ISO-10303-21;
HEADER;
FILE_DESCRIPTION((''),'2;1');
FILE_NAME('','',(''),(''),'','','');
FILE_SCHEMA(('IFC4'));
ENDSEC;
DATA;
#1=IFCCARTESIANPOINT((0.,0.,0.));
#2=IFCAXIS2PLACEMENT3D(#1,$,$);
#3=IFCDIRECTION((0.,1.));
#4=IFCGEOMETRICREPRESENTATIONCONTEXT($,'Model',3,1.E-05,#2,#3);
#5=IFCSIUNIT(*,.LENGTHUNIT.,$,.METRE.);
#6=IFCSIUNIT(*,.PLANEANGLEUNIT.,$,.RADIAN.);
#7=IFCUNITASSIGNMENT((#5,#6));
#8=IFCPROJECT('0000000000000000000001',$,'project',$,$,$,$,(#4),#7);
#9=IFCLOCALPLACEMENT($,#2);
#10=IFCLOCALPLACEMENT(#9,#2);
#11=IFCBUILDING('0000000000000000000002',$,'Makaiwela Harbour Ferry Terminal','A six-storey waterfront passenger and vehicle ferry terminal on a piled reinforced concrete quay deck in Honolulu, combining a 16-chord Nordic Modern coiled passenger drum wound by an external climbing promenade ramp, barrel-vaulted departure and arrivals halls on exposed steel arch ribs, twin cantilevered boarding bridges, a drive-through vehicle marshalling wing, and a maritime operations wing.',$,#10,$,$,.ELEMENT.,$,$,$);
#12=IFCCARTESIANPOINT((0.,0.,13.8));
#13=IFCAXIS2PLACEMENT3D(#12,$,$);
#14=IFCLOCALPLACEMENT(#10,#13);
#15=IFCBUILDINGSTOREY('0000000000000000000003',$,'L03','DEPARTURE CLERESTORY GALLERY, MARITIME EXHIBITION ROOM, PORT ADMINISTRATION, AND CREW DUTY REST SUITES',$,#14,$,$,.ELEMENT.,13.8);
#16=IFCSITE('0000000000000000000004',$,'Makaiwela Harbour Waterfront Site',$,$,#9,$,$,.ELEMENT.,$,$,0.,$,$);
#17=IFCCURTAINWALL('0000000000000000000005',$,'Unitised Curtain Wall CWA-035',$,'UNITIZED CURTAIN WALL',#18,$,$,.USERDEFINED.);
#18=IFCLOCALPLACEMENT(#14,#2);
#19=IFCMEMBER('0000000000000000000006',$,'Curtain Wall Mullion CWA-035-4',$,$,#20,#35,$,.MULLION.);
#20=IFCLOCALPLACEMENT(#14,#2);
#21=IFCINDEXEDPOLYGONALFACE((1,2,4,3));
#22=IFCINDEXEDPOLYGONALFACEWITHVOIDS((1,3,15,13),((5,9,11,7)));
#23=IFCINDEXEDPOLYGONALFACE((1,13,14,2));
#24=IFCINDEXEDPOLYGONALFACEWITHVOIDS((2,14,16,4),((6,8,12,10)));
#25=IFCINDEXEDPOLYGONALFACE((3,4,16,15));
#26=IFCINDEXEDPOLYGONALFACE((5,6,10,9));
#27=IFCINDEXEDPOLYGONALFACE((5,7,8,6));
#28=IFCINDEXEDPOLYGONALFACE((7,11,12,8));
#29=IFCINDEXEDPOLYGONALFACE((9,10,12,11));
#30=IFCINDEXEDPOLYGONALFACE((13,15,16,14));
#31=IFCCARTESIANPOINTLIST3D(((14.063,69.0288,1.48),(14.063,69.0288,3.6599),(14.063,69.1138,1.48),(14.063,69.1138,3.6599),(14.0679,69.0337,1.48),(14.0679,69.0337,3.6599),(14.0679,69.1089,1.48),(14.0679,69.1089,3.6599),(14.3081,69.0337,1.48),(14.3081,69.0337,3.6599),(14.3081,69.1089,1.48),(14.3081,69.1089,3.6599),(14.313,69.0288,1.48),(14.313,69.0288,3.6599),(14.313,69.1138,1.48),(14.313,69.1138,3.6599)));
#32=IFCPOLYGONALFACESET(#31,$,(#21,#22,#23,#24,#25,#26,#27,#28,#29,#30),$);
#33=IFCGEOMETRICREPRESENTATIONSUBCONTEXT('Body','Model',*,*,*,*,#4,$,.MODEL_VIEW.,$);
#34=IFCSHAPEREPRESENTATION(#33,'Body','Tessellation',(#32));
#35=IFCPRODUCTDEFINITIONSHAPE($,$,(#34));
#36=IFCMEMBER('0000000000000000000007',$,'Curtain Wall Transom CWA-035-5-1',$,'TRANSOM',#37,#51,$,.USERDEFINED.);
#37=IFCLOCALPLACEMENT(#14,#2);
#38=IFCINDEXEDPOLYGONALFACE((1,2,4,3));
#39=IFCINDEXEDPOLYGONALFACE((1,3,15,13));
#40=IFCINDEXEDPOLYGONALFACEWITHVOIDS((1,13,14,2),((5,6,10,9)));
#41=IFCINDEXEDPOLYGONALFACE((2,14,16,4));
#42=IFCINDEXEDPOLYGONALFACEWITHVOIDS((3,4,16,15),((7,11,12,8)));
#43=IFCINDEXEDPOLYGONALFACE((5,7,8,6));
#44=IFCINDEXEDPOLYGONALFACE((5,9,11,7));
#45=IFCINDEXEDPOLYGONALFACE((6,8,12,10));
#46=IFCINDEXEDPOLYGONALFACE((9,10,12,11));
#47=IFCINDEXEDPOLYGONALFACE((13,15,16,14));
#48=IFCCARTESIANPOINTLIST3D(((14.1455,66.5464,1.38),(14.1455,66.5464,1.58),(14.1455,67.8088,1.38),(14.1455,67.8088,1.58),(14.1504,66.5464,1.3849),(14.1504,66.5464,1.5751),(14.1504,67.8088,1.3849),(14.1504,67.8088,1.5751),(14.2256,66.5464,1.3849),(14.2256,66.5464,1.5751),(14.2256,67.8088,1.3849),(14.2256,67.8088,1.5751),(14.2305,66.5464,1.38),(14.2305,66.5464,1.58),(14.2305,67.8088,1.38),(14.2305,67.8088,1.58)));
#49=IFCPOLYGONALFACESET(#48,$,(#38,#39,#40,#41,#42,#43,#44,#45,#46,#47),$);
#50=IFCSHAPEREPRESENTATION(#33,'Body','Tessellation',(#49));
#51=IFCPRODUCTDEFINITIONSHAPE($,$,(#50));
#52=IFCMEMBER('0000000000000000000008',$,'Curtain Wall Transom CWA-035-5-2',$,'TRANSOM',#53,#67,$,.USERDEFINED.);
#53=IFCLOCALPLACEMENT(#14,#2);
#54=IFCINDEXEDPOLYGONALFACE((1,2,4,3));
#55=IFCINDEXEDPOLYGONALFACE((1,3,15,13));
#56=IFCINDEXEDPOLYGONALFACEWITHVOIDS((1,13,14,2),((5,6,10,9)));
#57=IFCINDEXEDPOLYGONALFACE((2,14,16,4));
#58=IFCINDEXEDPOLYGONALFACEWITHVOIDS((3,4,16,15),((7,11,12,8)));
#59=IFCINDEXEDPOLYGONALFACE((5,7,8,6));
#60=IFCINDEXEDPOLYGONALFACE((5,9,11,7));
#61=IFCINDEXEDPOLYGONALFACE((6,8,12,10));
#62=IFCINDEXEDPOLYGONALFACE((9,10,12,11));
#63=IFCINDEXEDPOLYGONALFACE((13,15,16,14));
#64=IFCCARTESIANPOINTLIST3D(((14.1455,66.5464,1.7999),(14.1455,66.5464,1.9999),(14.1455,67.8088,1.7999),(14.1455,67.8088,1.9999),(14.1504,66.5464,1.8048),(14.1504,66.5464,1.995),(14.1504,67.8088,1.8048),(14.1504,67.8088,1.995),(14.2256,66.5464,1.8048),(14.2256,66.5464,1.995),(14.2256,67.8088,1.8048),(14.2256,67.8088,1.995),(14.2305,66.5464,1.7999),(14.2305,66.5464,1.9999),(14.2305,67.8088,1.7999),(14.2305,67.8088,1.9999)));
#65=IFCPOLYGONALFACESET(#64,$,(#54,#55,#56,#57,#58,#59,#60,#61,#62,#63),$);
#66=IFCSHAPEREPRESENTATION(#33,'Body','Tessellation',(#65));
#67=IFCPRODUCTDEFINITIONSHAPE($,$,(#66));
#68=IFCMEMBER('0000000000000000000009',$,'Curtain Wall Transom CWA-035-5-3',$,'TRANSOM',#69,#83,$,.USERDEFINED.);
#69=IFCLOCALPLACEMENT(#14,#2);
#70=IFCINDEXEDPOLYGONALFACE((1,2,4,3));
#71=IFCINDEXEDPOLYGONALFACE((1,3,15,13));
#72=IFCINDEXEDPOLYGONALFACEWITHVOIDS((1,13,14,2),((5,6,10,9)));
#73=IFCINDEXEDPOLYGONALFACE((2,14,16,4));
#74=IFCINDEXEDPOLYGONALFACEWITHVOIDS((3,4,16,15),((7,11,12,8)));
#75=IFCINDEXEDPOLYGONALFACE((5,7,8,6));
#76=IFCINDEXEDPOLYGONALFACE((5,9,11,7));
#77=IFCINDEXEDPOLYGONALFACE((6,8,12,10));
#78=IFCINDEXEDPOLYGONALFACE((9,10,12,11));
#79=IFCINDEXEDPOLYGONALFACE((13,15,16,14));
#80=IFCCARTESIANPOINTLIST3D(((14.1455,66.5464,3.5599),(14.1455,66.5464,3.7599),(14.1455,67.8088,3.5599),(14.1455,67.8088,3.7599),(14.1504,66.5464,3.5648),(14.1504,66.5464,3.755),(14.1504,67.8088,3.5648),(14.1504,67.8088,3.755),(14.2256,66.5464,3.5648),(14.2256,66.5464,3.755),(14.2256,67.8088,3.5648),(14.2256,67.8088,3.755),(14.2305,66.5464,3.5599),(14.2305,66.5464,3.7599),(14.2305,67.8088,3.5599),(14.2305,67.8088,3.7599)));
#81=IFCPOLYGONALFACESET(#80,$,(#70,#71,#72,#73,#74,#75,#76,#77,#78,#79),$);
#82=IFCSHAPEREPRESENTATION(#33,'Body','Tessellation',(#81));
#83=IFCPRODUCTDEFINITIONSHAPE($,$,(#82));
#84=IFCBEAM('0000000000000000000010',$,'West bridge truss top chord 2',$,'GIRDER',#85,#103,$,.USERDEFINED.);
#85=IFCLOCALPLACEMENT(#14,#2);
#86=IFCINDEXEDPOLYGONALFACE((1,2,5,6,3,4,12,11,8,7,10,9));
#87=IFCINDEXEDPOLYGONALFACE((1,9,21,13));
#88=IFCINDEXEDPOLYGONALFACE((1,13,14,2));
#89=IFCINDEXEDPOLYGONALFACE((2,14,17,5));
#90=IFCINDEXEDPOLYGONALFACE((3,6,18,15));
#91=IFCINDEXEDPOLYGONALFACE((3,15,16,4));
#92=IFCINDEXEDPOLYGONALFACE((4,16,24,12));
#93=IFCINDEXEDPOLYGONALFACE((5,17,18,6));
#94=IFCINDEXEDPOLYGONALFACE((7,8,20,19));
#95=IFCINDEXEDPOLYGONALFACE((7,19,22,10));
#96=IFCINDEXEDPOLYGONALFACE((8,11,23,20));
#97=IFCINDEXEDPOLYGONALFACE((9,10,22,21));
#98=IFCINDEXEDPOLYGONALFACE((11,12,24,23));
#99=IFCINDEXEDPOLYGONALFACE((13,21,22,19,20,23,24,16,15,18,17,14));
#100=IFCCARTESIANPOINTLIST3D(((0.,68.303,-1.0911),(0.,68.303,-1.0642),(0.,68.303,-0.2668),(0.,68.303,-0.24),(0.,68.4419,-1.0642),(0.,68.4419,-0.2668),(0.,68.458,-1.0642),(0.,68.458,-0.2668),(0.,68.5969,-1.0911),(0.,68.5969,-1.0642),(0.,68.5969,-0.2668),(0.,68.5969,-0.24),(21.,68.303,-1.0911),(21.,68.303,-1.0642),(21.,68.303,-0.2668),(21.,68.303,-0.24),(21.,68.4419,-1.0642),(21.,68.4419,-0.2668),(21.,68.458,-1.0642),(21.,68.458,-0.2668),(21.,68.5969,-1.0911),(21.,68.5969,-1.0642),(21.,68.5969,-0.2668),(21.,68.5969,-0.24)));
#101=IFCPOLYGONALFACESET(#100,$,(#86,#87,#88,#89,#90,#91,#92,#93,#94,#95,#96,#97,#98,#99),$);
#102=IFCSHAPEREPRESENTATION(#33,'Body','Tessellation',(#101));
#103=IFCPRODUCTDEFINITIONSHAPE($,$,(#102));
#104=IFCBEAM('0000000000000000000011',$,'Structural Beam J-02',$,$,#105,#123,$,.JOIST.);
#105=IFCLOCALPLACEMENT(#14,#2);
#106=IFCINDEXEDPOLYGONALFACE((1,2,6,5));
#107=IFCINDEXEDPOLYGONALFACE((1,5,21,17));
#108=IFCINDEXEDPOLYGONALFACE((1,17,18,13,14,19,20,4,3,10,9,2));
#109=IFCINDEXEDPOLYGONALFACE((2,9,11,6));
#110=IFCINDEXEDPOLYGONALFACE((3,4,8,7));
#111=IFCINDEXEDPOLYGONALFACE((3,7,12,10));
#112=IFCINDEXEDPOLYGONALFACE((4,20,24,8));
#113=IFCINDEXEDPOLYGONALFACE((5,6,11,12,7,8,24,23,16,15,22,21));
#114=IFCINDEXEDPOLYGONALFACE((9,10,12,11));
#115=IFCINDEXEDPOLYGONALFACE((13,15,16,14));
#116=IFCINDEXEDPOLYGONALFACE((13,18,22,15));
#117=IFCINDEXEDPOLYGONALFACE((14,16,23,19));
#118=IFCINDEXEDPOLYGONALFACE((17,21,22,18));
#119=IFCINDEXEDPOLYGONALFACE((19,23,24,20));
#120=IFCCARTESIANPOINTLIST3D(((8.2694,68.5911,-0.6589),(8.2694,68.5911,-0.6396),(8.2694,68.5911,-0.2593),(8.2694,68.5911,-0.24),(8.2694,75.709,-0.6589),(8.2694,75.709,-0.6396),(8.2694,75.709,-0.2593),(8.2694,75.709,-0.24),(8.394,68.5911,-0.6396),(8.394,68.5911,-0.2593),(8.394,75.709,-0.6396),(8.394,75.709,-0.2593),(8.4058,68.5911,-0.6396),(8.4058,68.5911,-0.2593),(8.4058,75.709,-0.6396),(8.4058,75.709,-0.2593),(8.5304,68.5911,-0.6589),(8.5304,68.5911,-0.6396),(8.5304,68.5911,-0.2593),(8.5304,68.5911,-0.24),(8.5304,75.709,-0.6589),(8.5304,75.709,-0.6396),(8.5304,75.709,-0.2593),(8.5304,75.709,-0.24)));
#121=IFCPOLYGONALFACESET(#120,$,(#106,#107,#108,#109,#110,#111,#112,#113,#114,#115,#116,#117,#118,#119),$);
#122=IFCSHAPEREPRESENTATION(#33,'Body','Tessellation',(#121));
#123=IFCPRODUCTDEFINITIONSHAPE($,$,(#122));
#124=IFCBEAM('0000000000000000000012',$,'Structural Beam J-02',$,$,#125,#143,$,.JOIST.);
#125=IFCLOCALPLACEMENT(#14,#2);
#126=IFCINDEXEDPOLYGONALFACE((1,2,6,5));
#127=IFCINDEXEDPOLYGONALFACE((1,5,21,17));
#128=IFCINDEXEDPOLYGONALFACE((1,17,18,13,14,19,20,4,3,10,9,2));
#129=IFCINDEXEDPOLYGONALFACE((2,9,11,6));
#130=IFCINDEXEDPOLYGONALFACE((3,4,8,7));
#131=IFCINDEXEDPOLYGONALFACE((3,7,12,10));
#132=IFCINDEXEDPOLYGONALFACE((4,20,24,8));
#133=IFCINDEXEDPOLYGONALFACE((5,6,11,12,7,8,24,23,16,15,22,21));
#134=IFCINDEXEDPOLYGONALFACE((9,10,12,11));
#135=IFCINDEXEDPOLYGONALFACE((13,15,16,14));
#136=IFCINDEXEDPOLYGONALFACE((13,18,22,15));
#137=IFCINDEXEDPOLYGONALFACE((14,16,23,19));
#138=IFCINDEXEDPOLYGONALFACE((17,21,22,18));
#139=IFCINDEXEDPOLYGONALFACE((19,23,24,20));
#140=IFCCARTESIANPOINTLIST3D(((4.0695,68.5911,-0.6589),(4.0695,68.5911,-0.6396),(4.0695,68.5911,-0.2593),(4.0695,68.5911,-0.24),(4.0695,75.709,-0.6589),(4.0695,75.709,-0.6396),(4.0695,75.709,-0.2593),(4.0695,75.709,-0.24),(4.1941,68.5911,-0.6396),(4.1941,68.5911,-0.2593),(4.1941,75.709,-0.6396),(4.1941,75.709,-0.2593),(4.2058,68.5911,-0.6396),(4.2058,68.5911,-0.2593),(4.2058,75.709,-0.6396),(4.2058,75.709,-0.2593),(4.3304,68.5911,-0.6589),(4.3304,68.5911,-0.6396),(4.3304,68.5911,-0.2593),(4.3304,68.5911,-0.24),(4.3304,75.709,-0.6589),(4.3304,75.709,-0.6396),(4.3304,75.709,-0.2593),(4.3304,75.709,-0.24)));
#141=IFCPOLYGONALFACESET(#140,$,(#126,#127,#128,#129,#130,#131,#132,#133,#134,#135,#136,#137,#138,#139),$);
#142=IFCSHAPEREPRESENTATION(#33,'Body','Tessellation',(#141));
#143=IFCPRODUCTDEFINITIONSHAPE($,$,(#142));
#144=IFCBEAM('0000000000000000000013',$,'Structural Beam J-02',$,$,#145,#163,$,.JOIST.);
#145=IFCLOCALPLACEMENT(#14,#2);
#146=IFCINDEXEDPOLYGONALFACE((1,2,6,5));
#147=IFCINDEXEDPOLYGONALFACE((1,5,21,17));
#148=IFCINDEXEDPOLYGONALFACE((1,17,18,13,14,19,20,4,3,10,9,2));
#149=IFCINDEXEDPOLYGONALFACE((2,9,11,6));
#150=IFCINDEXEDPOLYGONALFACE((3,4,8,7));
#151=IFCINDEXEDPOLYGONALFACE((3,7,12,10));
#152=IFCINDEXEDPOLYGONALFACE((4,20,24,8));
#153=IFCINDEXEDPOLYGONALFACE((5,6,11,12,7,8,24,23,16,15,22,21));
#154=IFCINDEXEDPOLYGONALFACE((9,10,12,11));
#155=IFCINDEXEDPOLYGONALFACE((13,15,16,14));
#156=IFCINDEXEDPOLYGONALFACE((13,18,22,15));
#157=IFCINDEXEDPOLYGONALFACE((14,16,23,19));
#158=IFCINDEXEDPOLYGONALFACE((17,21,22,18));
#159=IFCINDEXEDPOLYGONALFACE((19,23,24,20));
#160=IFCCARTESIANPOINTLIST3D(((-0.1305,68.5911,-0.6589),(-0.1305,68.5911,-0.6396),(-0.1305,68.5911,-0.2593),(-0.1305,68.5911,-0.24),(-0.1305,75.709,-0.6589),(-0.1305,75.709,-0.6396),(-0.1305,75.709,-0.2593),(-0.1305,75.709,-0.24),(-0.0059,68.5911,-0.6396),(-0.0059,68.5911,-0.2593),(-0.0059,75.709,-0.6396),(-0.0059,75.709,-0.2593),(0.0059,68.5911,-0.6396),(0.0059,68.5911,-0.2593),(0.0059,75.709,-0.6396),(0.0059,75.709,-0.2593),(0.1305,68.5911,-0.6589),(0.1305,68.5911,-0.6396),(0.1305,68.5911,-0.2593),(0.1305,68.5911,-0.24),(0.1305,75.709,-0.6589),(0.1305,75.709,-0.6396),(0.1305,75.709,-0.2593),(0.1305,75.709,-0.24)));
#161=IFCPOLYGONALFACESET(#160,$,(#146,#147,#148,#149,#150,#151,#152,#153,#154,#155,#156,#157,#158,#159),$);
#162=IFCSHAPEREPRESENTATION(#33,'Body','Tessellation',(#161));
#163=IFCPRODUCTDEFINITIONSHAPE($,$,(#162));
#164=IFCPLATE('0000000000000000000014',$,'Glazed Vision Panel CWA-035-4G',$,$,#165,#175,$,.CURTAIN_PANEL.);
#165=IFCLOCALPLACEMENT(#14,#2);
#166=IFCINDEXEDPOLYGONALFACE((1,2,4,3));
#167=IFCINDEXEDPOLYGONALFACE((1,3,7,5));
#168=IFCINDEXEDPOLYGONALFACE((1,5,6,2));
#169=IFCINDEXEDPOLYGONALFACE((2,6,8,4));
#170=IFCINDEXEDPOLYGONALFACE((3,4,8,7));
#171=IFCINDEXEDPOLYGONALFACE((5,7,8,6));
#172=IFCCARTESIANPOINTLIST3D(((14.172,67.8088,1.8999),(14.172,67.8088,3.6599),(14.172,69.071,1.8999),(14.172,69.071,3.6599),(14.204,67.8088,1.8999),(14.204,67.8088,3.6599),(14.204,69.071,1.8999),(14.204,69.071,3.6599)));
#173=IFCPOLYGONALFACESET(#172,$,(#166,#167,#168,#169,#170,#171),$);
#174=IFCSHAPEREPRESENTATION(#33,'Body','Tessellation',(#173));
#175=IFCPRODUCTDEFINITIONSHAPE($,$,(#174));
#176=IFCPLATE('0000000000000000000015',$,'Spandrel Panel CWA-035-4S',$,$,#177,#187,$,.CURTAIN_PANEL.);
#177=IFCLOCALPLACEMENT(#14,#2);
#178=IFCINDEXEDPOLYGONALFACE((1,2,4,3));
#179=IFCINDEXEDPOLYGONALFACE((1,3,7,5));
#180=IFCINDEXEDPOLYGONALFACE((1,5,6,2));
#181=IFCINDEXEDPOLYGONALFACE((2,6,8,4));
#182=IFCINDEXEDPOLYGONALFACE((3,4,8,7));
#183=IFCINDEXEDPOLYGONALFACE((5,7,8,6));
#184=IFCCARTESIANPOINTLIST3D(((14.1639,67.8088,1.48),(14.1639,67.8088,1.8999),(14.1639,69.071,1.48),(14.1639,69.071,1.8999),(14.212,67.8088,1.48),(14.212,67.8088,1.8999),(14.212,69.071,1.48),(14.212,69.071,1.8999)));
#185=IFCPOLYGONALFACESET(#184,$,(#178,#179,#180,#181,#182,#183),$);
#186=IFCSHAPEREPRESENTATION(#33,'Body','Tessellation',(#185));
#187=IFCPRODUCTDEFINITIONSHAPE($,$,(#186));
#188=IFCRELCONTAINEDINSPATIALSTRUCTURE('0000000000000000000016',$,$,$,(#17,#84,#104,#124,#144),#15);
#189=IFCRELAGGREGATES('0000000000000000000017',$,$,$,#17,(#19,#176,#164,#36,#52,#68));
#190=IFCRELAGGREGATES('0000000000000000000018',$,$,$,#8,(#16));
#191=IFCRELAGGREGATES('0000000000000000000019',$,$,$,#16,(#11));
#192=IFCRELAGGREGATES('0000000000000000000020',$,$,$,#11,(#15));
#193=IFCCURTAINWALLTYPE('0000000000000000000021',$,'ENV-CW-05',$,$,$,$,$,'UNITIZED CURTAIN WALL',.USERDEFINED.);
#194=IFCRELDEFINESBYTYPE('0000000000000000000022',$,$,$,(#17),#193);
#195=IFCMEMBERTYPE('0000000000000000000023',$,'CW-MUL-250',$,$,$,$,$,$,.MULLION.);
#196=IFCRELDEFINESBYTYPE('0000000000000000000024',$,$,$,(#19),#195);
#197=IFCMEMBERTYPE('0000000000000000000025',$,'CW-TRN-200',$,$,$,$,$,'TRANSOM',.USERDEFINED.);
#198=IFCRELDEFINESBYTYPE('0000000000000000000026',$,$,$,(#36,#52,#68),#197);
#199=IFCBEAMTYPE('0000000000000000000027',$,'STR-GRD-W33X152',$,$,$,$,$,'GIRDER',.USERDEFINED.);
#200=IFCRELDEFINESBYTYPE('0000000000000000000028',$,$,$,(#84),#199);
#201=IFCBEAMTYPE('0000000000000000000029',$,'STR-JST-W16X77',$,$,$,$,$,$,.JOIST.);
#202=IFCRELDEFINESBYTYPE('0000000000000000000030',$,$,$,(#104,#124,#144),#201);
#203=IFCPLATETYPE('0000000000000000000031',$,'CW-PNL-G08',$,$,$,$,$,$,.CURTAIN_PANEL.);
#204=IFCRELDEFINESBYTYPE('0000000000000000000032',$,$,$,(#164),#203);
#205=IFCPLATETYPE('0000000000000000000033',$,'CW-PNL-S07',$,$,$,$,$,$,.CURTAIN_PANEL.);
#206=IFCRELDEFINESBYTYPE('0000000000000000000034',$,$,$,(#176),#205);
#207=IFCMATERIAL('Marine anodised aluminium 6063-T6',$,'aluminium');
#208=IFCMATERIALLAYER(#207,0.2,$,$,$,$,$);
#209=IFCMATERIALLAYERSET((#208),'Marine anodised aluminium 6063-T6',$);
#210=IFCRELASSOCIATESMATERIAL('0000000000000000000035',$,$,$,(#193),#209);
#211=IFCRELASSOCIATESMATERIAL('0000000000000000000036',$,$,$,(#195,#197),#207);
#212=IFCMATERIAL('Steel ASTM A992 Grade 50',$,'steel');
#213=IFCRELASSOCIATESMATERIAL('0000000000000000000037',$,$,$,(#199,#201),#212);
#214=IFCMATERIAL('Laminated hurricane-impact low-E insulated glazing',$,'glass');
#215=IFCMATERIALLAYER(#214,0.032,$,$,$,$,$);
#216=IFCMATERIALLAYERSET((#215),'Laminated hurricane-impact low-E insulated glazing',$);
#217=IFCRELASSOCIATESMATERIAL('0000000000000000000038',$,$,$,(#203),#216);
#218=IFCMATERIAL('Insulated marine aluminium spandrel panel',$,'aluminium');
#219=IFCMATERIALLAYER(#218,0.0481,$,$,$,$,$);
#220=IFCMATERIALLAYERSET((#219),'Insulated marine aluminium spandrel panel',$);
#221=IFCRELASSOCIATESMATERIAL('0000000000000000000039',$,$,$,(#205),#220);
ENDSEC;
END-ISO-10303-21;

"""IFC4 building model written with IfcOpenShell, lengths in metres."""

from ifc_helpers import new_model, si_unit, direction, frame, origin, origin_2d, place, context, subcontext, project, spatial, rectangle, hollow_rectangle, i_section, extrude, material, layer, layer_set, material_profile, profile_set, type_object, element, aggregate, save


model = new_model("IFC4")

# Units and contexts
model_context = context("Model", 3, precision=1e-05, world=origin(), true_north=direction((0.0, 1.0)))
body_context = subcontext(model_context, "Body", "Model", "MODEL_VIEW")
ifc_project = project(units=[si_unit("LENGTHUNIT", "METRE"), si_unit("PLANEANGLEUNIT", "RADIAN")], contexts=[model_context])

# Site, building, storey
site_placement = place(None, origin())
site = spatial("IfcSite", under=ifc_project, at=site_placement, Name="Makaiwela Harbour Waterfront Site", CompositionType="ELEMENT", RefElevation=0.0)
building_placement = place(site_placement, origin())
building = spatial("IfcBuilding", under=site, at=building_placement, Name="Makaiwela Harbour Ferry Terminal", Description="A six-storey waterfront passenger and vehicle ferry terminal on a piled reinforced concrete quay deck in Honolulu, combining a 16-chord Nordic Modern coiled passenger drum wound by an external climbing promenade ramp, barrel-vaulted departure and arrivals halls on exposed steel arch ribs, twin cantilevered boarding bridges, a drive-through vehicle marshalling wing, and a maritime operations wing.", CompositionType="ELEMENT")
storey_placement = place(building_placement, frame((0.0, 0.0, 13.8)))
storey = spatial("IfcBuildingStorey", under=building, at=storey_placement, Name="L03", Description="DEPARTURE CLERESTORY GALLERY, MARITIME EXHIBITION ROOM, PORT ADMINISTRATION, AND CREW DUTY REST SUITES", CompositionType="ELEMENT", Elevation=13.8)

# Curtain wall, members
ifc_material_1 = material(Name="Marine anodised aluminium 6063-T6", Category="aluminium")
ifc_layer_1 = layer(ifc_material_1, 0.2)
ifc_layer_set_1 = layer_set([ifc_layer_1], Name="Marine anodised aluminium 6063-T6")
curtain_wall_type = type_object("IfcCurtainWallType", Name="ENV-CW-05", ElementType="UNITIZED CURTAIN WALL", PredefinedType="USERDEFINED", material=ifc_layer_set_1)
curtain_wall_placement = place(storey_placement, origin())
curtain_wall = element("IfcCurtainWall", 1, at=curtain_wall_placement, inside=storey, type_object=curtain_wall_type, Name="Unitised Curtain Wall CWA-035", ObjectType="UNITIZED CURTAIN WALL", PredefinedType="USERDEFINED")
ifc_material_profile_1 = material_profile(ifc_material_1, hollow_rectangle(XDim=0.085, YDim=0.25, WallThickness=0.0049, at=origin_2d()), Name="CWM-250X85")
ifc_profile_set_1 = profile_set([ifc_material_profile_1], Name="Marine anodised aluminium 6063-T6")
member_type_1 = type_object("IfcMemberType", Name="CW-MUL-250", PredefinedType="MULLION", material=ifc_profile_set_1)
member_1_placement = place(storey_placement, frame((14.188, 69.0713, 1.48), z_axis=(0.0, 0.0, 1.0), x_axis=(0.0, 1.0, 0.0)))
member_1 = element("IfcMember", 2, at=member_1_placement, type_object=member_type_1, Name="Curtain Wall Mullion CWA-035-4", PredefinedType="MULLION", context=body_context, shape_type="SweptSolid", body=[
    extrude(hollow_rectangle(XDim=0.085, YDim=0.25, WallThickness=0.0049, at=origin_2d()), origin(), (0.0, 0.0, 1.0), 2.1799),
])
ifc_material_profile_2 = material_profile(ifc_material_1, hollow_rectangle(XDim=0.085, YDim=0.2, WallThickness=0.0049, at=origin_2d()), Name="CWT-200X85")
ifc_profile_set_2 = profile_set([ifc_material_profile_2], Name="Marine anodised aluminium 6063-T6")
member_type_2 = type_object("IfcMemberType", Name="CW-TRN-200", ElementType="TRANSOM", PredefinedType="USERDEFINED", material=ifc_profile_set_2)
member_2_placement = place(storey_placement, frame((14.188, 67.8088, 1.48), z_axis=(0.0, -1.0, 0.0), x_axis=(1.0, 0.0, 0.0)))
member_2 = element("IfcMember", 3, at=member_2_placement, type_object=member_type_2, Name="Curtain Wall Transom CWA-035-5-1", ObjectType="TRANSOM", PredefinedType="USERDEFINED", context=body_context, shape_type="SweptSolid", body=[
    extrude(hollow_rectangle(XDim=0.085, YDim=0.2, WallThickness=0.0049, at=origin_2d()), origin(), (0.0, 0.0, 1.0), 1.2625),
])
member_3_placement = place(storey_placement, frame((14.188, 67.8088, 1.8999), z_axis=(0.0, -1.0, 0.0), x_axis=(1.0, 0.0, 0.0)))
member_3 = element("IfcMember", 4, at=member_3_placement, type_object=member_type_2, Name="Curtain Wall Transom CWA-035-5-2", ObjectType="TRANSOM", PredefinedType="USERDEFINED", context=body_context, shape_type="SweptSolid", body=[
    extrude(hollow_rectangle(XDim=0.085, YDim=0.2, WallThickness=0.0049, at=origin_2d()), origin(), (0.0, 0.0, 1.0), 1.2625),
])
member_4_placement = place(storey_placement, frame((14.188, 67.8088, 3.6599), z_axis=(0.0, -1.0, 0.0), x_axis=(1.0, 0.0, 0.0)))
member_4 = element("IfcMember", 5, at=member_4_placement, type_object=member_type_2, Name="Curtain Wall Transom CWA-035-5-3", ObjectType="TRANSOM", PredefinedType="USERDEFINED", context=body_context, shape_type="SweptSolid", body=[
    extrude(hollow_rectangle(XDim=0.085, YDim=0.2, WallThickness=0.0049, at=origin_2d()), origin(), (0.0, 0.0, 1.0), 1.2625),
])

# Beams
ifc_material_2 = material(Name="Steel ASTM A992 Grade 50", Category="steel")
ifc_material_profile_3 = material_profile(ifc_material_2, i_section(OverallWidth=0.2939, OverallDepth=0.8511, WebThickness=0.0161, FlangeThickness=0.0269, at=origin_2d()), Name="W33X152")
ifc_profile_set_3 = profile_set([ifc_material_profile_3], Name="Steel ASTM A992 Grade 50")
beam_type_1 = type_object("IfcBeamType", Name="STR-GRD-W33X152", ElementType="GIRDER", PredefinedType="USERDEFINED", material=ifc_profile_set_3)
beam_placement = place(storey_placement, frame((0.0, 68.45, -0.6655), z_axis=(1.0, 0.0, 0.0), x_axis=(0.0, 1.0, 0.0)))
element("IfcBeam", 6, at=beam_placement, inside=storey, type_object=beam_type_1, Name="West bridge truss top chord 2", ObjectType="GIRDER", PredefinedType="USERDEFINED", context=body_context, shape_type="SweptSolid", body=[
    extrude(i_section(OverallWidth=0.2939, OverallDepth=0.8511, WebThickness=0.0161, FlangeThickness=0.0269, at=origin_2d()), origin(), (0.0, 0.0, 1.0), 21.0),
])
ifc_material_profile_4 = material_profile(ifc_material_2, i_section(OverallWidth=0.261, OverallDepth=0.4189, WebThickness=0.0117, FlangeThickness=0.0193, at=origin_2d()), Name="W16X77")
ifc_profile_set_4 = profile_set([ifc_material_profile_4], Name="Steel ASTM A992 Grade 50")
beam_type_2 = type_object("IfcBeamType", Name="STR-JST-W16X77", PredefinedType="JOIST", material=ifc_profile_set_4)
for number, where, z_axis, x_axis, name in (
    (7, (8.3999, 68.5911, -0.4495), (0.0, 1.0, 0.0), (-1.0, 0.0, 0.0), "Structural Beam J-02"),
    (8, (4.2, 68.5911, -0.4495), (0.0, 1.0, 0.0), (-1.0, 0.0, 0.0), "Structural Beam J-02"),
    (9, (0.0, 68.5911, -0.4495), (0.0, 1.0, 0.0), (-1.0, 0.0, 0.0), "Structural Beam J-02"),
):
    element("IfcBeam", number, at=place(storey_placement, frame(where, z_axis=z_axis, x_axis=x_axis)), inside=storey, type_object=beam_type_2, Name=name, PredefinedType="JOIST", context=body_context, shape_type="SweptSolid", body=[
        extrude(i_section(OverallWidth=0.261, OverallDepth=0.4189, WebThickness=0.0117, FlangeThickness=0.0193, at=origin_2d()), origin(), (0.0, 0.0, 1.0), 7.1179),
    ])

# Plates
ifc_material_3 = material(Name="Laminated hurricane-impact low-E insulated glazing", Category="glass")
ifc_layer_2 = layer(ifc_material_3, 0.032)
ifc_layer_set_2 = layer_set([ifc_layer_2], Name="Laminated hurricane-impact low-E insulated glazing")
plate_type_1 = type_object("IfcPlateType", Name="CW-PNL-G08", PredefinedType="CURTAIN_PANEL", material=ifc_layer_set_2)
plate_1_placement = place(storey_placement, frame((14.188, 68.4399, 1.8999), z_axis=(0.0, 0.0, 1.0), x_axis=(0.0, -1.0, 0.0)))
plate_1 = element("IfcPlate", 10, at=plate_1_placement, type_object=plate_type_1, Name="Glazed Vision Panel CWA-035-4G", PredefinedType="CURTAIN_PANEL", context=body_context, shape_type="SweptSolid", body=[
    extrude(rectangle(XDim=1.2622, YDim=0.032, at=origin_2d()), origin(), (0.0, 0.0, 1.0), 1.76),
])
ifc_material_4 = material(Name="Insulated marine aluminium spandrel panel", Category="aluminium")
ifc_layer_3 = layer(ifc_material_4, 0.0481)
ifc_layer_set_3 = layer_set([ifc_layer_3], Name="Insulated marine aluminium spandrel panel")
plate_type_2 = type_object("IfcPlateType", Name="CW-PNL-S07", PredefinedType="CURTAIN_PANEL", material=ifc_layer_set_3)
plate_2_placement = place(storey_placement, frame((14.188, 68.4399, 1.48), z_axis=(0.0, 0.0, 1.0), x_axis=(0.0, -1.0, 0.0)))
plate_2 = element("IfcPlate", 11, at=plate_2_placement, type_object=plate_type_2, Name="Spandrel Panel CWA-035-4S", PredefinedType="CURTAIN_PANEL", context=body_context, shape_type="SweptSolid", body=[
    extrude(rectangle(XDim=1.2622, YDim=0.0481, at=origin_2d()), origin(), (0.0, 0.0, 1.0), 0.4199),
])
aggregate(curtain_wall, [member_1, plate_2, plate_1, member_2, member_3, member_4])

save(model, "model.ifc")
